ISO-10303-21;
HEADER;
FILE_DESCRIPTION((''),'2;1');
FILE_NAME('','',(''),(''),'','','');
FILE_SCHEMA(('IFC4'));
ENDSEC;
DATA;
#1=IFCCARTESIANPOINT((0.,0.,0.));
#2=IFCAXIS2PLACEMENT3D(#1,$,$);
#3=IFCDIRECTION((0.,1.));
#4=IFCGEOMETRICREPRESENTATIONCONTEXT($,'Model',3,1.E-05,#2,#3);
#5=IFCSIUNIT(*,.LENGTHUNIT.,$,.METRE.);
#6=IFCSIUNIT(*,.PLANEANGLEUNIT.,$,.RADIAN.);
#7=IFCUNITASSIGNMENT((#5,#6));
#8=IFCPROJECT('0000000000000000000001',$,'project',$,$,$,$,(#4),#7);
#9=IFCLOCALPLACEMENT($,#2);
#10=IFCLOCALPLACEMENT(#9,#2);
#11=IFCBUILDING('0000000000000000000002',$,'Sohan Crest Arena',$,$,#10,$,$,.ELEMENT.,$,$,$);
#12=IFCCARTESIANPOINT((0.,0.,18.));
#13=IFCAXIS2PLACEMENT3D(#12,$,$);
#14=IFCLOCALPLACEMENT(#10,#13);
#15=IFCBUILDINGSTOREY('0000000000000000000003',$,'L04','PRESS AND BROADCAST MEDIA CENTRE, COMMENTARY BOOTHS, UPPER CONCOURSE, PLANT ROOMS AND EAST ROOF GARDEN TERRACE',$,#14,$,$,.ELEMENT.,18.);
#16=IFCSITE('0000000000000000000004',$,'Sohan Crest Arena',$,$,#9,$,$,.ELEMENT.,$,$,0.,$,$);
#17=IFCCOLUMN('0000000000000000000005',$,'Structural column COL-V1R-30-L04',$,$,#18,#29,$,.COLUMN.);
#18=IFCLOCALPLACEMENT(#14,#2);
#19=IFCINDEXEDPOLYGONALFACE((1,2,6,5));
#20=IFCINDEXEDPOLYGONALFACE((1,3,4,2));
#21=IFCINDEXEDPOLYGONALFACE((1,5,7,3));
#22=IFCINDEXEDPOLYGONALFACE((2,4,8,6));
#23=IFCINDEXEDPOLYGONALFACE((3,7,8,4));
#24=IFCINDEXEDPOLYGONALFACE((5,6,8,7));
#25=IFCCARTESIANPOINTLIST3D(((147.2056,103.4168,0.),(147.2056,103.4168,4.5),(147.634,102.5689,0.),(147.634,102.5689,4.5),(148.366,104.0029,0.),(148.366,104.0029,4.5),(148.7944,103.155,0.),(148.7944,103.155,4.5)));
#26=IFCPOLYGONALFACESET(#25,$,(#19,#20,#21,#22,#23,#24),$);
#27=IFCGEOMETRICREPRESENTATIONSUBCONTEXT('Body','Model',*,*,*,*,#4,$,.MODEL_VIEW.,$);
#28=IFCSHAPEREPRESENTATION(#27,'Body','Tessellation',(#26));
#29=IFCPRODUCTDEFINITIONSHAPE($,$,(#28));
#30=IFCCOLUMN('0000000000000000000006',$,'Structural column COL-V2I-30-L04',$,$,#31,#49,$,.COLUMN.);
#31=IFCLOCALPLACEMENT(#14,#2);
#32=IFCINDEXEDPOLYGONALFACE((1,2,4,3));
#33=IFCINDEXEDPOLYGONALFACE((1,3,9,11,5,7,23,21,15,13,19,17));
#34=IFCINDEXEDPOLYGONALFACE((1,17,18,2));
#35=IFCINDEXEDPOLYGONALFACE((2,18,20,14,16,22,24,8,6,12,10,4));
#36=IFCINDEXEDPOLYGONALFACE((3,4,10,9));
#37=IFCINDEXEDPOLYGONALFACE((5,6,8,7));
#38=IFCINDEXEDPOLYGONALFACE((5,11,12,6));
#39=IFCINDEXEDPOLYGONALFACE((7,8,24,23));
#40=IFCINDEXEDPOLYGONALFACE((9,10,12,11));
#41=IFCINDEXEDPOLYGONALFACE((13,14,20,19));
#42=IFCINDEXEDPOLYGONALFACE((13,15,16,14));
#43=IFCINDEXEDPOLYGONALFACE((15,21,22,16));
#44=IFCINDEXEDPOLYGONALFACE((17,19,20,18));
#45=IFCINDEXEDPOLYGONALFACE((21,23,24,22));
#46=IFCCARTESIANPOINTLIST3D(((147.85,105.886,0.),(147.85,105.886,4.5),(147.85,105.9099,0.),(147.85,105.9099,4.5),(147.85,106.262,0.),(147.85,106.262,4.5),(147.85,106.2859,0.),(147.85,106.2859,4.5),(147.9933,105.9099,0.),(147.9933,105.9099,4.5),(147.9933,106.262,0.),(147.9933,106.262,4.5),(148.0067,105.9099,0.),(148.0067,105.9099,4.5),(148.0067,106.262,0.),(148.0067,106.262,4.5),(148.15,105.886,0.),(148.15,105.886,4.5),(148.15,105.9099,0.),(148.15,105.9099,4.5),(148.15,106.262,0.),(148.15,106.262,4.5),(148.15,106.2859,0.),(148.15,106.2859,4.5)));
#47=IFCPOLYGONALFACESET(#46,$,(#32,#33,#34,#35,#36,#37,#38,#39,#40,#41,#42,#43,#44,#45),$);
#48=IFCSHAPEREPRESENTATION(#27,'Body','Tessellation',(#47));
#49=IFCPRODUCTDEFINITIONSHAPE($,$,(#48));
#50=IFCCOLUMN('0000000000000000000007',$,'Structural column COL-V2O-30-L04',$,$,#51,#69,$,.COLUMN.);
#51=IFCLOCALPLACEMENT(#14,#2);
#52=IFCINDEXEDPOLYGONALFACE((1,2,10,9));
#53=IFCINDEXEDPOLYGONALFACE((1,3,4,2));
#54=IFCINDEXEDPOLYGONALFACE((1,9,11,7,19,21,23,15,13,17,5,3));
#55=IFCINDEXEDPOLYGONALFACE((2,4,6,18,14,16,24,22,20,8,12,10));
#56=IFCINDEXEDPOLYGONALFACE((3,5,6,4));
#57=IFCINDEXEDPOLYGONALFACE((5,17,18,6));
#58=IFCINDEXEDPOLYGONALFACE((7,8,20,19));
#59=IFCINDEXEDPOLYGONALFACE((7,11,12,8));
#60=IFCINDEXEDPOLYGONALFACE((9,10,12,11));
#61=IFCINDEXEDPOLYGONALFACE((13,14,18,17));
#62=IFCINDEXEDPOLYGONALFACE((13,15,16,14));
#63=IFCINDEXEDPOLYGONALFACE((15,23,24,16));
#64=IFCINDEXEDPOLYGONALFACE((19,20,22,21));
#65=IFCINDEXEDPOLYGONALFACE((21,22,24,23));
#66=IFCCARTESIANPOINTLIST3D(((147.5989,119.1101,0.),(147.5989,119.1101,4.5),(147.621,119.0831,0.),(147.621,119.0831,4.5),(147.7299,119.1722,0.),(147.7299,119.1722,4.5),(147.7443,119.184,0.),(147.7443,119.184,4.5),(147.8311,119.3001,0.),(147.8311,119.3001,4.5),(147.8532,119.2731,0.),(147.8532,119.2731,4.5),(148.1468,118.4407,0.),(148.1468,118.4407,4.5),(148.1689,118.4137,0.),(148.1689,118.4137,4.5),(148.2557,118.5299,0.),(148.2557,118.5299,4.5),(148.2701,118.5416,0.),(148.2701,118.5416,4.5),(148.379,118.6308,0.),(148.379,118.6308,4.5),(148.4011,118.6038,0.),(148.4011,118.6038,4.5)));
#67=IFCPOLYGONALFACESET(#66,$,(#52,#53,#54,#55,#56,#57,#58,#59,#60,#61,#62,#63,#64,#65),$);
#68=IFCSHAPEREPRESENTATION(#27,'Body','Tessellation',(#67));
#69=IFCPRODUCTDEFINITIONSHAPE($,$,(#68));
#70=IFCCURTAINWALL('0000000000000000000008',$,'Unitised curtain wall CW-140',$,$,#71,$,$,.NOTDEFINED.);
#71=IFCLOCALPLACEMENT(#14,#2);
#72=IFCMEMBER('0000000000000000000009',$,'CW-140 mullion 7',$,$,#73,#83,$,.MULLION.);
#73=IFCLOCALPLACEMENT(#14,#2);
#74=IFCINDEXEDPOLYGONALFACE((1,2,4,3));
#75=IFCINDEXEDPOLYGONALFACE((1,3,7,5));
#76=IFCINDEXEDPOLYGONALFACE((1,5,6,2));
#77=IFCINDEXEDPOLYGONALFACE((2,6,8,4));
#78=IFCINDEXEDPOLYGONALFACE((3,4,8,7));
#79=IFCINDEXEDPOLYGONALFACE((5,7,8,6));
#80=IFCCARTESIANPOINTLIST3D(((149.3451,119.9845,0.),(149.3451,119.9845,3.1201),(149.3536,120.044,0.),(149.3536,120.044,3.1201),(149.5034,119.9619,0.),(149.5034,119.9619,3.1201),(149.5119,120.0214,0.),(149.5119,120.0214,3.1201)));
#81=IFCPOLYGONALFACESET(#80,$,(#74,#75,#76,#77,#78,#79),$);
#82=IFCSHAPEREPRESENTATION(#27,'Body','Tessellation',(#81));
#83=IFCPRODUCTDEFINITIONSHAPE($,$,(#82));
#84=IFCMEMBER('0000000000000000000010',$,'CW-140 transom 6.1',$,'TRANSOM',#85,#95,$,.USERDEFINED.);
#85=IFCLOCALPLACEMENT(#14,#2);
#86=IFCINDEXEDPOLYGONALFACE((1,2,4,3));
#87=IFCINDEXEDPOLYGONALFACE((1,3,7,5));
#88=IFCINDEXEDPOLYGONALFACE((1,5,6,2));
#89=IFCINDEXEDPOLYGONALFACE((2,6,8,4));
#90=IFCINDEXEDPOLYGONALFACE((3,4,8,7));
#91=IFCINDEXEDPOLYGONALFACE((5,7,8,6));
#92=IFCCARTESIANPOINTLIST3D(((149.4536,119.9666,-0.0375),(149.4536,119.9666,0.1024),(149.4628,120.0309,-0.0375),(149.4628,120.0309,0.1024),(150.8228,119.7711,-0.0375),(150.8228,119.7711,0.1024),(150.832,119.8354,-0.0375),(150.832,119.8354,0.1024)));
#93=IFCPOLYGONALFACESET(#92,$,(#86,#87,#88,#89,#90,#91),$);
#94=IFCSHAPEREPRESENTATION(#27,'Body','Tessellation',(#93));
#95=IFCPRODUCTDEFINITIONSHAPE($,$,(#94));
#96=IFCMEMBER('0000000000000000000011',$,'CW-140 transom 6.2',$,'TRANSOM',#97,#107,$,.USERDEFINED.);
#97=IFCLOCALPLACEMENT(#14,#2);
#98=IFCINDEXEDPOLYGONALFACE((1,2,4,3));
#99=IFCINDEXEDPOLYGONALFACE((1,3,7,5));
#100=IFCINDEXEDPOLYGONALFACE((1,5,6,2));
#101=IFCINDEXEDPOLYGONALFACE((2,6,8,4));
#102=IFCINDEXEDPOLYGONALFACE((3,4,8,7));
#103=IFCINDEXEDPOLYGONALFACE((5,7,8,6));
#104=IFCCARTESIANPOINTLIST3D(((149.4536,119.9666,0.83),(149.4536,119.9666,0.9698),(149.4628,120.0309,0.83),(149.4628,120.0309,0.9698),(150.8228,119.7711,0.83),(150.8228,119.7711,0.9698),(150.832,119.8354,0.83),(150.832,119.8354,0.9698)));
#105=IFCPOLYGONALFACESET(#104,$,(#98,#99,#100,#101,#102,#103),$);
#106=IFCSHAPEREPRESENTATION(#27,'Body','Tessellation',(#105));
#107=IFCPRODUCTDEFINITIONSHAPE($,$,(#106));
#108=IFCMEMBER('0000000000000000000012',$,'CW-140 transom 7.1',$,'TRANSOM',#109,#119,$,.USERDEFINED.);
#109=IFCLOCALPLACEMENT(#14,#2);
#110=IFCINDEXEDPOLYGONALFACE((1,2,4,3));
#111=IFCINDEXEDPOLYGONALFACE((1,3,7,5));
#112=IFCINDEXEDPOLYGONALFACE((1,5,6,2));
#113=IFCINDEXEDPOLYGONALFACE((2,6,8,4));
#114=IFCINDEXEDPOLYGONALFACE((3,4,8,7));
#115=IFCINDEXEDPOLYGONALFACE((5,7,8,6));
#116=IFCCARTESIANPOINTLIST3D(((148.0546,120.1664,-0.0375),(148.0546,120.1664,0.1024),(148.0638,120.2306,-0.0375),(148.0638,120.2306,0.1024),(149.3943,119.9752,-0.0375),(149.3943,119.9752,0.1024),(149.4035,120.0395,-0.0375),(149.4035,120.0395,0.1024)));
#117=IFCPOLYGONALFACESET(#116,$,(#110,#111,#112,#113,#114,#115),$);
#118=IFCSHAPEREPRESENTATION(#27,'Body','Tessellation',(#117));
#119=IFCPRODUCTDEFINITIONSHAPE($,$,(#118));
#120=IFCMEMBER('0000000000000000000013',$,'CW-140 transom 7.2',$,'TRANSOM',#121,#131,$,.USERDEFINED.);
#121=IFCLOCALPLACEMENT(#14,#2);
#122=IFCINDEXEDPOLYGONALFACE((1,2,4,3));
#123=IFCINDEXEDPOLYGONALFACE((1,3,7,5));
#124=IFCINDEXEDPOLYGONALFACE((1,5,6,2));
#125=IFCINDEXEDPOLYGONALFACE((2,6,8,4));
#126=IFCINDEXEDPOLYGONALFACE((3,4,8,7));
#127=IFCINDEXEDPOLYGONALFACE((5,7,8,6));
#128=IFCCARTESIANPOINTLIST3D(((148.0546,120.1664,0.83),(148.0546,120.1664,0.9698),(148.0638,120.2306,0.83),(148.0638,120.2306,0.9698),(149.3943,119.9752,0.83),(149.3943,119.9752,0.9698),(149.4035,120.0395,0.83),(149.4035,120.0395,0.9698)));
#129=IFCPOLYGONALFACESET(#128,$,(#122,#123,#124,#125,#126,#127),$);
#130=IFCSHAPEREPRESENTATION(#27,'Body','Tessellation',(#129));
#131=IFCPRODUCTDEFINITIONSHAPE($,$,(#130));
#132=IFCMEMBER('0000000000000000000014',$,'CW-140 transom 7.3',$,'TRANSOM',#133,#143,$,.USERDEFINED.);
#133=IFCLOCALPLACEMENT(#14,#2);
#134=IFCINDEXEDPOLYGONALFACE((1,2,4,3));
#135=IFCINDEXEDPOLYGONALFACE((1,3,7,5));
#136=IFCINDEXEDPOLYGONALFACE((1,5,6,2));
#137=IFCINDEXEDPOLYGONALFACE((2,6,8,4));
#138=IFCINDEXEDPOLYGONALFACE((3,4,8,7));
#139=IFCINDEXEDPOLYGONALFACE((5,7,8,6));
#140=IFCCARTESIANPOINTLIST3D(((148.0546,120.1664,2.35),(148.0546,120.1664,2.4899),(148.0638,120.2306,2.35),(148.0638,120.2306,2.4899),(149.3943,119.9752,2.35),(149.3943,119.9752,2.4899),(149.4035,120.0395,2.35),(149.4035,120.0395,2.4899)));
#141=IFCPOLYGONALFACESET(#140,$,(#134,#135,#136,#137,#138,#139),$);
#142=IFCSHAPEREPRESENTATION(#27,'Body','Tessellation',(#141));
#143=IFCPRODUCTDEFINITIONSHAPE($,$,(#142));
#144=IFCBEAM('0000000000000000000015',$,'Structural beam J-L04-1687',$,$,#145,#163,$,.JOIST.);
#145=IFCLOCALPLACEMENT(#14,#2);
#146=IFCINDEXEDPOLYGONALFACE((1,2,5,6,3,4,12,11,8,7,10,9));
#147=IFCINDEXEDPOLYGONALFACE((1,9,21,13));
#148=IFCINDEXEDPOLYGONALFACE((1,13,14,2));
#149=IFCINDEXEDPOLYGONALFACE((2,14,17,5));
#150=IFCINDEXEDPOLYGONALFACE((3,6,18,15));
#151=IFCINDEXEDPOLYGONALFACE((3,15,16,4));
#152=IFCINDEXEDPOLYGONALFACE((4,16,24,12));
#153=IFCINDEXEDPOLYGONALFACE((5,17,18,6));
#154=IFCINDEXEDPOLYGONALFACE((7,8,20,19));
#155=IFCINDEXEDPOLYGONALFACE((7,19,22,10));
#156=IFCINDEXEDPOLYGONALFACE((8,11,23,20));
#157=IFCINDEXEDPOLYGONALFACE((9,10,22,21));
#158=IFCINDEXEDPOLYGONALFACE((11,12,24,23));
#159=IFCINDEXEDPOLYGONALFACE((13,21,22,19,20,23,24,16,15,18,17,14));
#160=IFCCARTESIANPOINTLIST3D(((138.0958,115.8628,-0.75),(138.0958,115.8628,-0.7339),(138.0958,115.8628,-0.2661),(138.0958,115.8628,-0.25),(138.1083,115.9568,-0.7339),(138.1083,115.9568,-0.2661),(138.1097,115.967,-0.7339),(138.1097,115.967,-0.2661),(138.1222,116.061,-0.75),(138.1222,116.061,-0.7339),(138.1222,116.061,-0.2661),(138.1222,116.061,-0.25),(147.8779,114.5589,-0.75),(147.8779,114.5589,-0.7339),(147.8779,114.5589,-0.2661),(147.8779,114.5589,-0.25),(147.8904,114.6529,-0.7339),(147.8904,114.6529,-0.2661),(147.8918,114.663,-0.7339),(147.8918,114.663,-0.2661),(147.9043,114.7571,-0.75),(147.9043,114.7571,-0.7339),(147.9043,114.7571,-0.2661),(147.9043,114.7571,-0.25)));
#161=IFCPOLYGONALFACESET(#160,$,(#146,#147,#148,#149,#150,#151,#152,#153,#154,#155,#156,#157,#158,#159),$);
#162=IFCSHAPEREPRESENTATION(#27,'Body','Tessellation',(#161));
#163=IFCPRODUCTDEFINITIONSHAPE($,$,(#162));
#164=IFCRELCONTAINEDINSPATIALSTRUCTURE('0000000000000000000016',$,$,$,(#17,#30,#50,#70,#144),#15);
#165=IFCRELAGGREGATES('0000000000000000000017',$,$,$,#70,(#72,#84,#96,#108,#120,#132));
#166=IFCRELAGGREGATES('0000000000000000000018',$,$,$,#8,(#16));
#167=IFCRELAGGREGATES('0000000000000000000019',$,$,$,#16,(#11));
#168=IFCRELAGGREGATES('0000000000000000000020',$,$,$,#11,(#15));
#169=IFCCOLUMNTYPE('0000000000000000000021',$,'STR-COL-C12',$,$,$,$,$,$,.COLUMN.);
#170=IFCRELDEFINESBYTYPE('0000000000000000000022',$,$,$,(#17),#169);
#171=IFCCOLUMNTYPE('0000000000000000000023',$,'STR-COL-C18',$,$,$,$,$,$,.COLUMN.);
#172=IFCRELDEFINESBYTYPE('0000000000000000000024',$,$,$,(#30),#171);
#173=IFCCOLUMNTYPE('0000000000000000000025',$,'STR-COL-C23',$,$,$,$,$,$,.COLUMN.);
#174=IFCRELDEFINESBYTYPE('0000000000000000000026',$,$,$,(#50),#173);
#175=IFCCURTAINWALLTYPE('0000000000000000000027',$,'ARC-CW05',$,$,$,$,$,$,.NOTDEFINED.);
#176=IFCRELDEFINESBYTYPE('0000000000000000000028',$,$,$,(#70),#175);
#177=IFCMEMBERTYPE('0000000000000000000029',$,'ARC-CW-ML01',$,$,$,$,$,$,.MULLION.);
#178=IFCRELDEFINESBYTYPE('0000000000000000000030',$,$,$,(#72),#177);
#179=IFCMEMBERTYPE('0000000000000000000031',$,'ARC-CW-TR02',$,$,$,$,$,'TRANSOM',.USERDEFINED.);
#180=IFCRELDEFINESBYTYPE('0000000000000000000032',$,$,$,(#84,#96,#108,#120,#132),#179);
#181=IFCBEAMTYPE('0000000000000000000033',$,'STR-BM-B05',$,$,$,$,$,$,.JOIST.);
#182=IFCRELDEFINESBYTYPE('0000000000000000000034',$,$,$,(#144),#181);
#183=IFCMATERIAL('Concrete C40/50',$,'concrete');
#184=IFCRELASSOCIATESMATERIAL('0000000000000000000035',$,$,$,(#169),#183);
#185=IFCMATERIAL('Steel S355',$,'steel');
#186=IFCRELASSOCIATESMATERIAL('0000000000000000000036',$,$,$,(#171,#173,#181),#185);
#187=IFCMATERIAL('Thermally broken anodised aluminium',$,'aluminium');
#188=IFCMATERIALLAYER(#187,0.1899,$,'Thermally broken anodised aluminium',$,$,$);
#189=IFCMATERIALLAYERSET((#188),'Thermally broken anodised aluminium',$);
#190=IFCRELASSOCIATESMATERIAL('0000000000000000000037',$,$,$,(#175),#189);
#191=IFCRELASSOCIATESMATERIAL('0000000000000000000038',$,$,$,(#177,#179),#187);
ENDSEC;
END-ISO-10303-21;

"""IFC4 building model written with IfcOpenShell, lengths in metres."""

from ifc_helpers import new_model, si_unit, direction, frame, origin, origin_2d, place, context, subcontext, project, spatial, rectangle, i_section, extrude, material, layer, layer_set, material_profile, profile_set, type_object, element, aggregate, save


model = new_model("IFC4")

# Units and contexts
model_context = context("Model", 3, precision=1e-05, world=origin(), true_north=direction((0.0, 1.0)))
body_context = subcontext(model_context, "Body", "Model", "MODEL_VIEW")
ifc_project = project(units=[si_unit("LENGTHUNIT", "METRE"), si_unit("PLANEANGLEUNIT", "RADIAN")], contexts=[model_context])

# Site, building, storey
site_placement = place(None, origin())
site = spatial("IfcSite", under=ifc_project, at=site_placement, Name="Sohan Crest Arena", CompositionType="ELEMENT", RefElevation=0.0)
building_placement = place(site_placement, origin())
building = spatial("IfcBuilding", under=site, at=building_placement, Name="Sohan Crest Arena", CompositionType="ELEMENT")
storey_placement = place(building_placement, frame((0.0, 0.0, 18.0)))
storey = spatial("IfcBuildingStorey", under=building, at=storey_placement, Name="L04", Description="PRESS AND BROADCAST MEDIA CENTRE, COMMENTARY BOOTHS, UPPER CONCOURSE, PLANT ROOMS AND EAST ROOF GARDEN TERRACE", CompositionType="ELEMENT", Elevation=18.0)

# Columns
ifc_material_1 = material(Name="Concrete C40/50", Category="concrete")
ifc_material_profile_1 = material_profile(ifc_material_1, rectangle(XDim=1.3, YDim=0.95, at=origin_2d()), Name="RC 1300x950")
ifc_profile_set_1 = profile_set([ifc_material_profile_1], Name="Concrete C40/50")
column_type_1 = type_object("IfcColumnType", Name="STR-COL-C12", PredefinedType="COLUMN", material=ifc_profile_set_1)
column_1_placement = place(storey_placement, frame((148.0, 103.2859, 0.0), z_axis=(0.0, 0.0, 1.0), x_axis=(0.892586, 0.450878, 0.0)))
element("IfcColumn", 1, at=column_1_placement, inside=storey, type_object=column_type_1, Name="Structural column COL-V1R-30-L04", PredefinedType="COLUMN", context=body_context, shape_type="SweptSolid", body=[
    extrude(rectangle(XDim=1.3, YDim=0.95, at=origin_2d()), origin(), (0.0, 0.0, 1.0), 4.5),
])
ifc_material_2 = material(Name="Steel S355", Category="steel")
ifc_material_profile_2 = material_profile(ifc_material_2, i_section(OverallWidth=0.3, OverallDepth=0.3999, WebThickness=0.0134, FlangeThickness=0.0239, at=origin_2d()), Name="HEB 400")
ifc_profile_set_2 = profile_set([ifc_material_profile_2], Name="Steel S355")
column_type_2 = type_object("IfcColumnType", Name="STR-COL-C18", PredefinedType="COLUMN", material=ifc_profile_set_2)
column_2_placement = place(storey_placement, frame((148.0, 106.0859, 0.0), z_axis=(0.0, 0.0, 1.0), x_axis=(1.0, 0.0, 0.0)))
element("IfcColumn", 2, at=column_2_placement, inside=storey, type_object=column_type_2, Name="Structural column COL-V2I-30-L04", PredefinedType="COLUMN", context=body_context, shape_type="SweptSolid", body=[
    extrude(i_section(OverallWidth=0.3, OverallDepth=0.3999, WebThickness=0.0134, FlangeThickness=0.0239, at=origin_2d()), origin(), (0.0, 0.0, 1.0), 4.5),
])
ifc_material_profile_3 = material_profile(ifc_material_2, i_section(OverallWidth=0.3, OverallDepth=0.8999, WebThickness=0.0186, FlangeThickness=0.0349, at=origin_2d()), Name="HEB 900")
ifc_profile_set_3 = profile_set([ifc_material_profile_3], Name="Steel S355")
column_type_3 = type_object("IfcColumnType", Name="STR-COL-C23", PredefinedType="COLUMN", material=ifc_profile_set_3)
column_3_placement = place(storey_placement, frame((148.0, 118.8569, 0.0), z_axis=(0.0, 0.0, 1.0), x_axis=(0.77384, 0.633381, 0.0)))
element("IfcColumn", 3, at=column_3_placement, inside=storey, type_object=column_type_3, Name="Structural column COL-V2O-30-L04", PredefinedType="COLUMN", context=body_context, shape_type="SweptSolid", body=[
    extrude(i_section(OverallWidth=0.3, OverallDepth=0.8999, WebThickness=0.0186, FlangeThickness=0.0349, at=origin_2d()), origin(), (0.0, 0.0, 1.0), 4.5),
])

# Curtain wall, members
ifc_material_3 = material(Name="Thermally broken anodised aluminium", Category="aluminium")
ifc_layer_1 = layer(ifc_material_3, 0.1899, Name="Thermally broken anodised aluminium")
ifc_layer_set_1 = layer_set([ifc_layer_1], Name="Thermally broken anodised aluminium")
curtain_wall_type = type_object("IfcCurtainWallType", Name="ARC-CW05", PredefinedType="NOTDEFINED", material=ifc_layer_set_1)
curtain_wall_placement = place(storey_placement, origin())
curtain_wall = element("IfcCurtainWall", 4, at=curtain_wall_placement, inside=storey, type_object=curtain_wall_type, Name="Unitised curtain wall CW-140", PredefinedType="NOTDEFINED")
ifc_material_profile_4 = material_profile(ifc_material_3, rectangle(XDim=0.0601, YDim=0.1599, at=origin_2d()), Name="ALU-MULL 60x160")
ifc_profile_set_4 = profile_set([ifc_material_profile_4], Name="Thermally broken anodised aluminium")
member_type_1 = type_object("IfcMemberType", Name="ARC-CW-ML01", PredefinedType="MULLION", material=ifc_profile_set_4)
member_1_placement = place(storey_placement, frame((149.4285, 120.0029, 0.0), z_axis=(0.0, 0.0, 1.0), x_axis=(-0.141366, -0.989957, 0.0)))
member_1 = element("IfcMember", 5, at=member_1_placement, type_object=member_type_1, Name="CW-140 mullion 7", PredefinedType="MULLION", context=body_context, shape_type="SweptSolid", body=[
    extrude(rectangle(XDim=0.0601, YDim=0.1599, at=origin_2d()), origin(), (0.0, 0.0, 1.0), 3.1201),
])
ifc_material_profile_5 = material_profile(ifc_material_3, rectangle(XDim=0.0649, YDim=0.1399, at=origin_2d()), Name="ALU-TRAN 65x140")
ifc_profile_set_5 = profile_set([ifc_material_profile_5], Name="Thermally broken anodised aluminium")
member_type_2 = type_object("IfcMemberType", Name="ARC-CW-TR02", ElementType="TRANSOM", PredefinedType="USERDEFINED", material=ifc_profile_set_5)
member_2_placement = place(storey_placement, frame((150.8274, 119.8032, 0.0325), z_axis=(-0.989953, 0.141397, 0.0), x_axis=(-0.141397, -0.989953, 0.0)))
member_2 = element("IfcMember", 6, at=member_2_placement, type_object=member_type_2, Name="CW-140 transom 6.1", ObjectType="TRANSOM", PredefinedType="USERDEFINED", context=body_context, shape_type="SweptSolid", body=[
    extrude(rectangle(XDim=0.0649, YDim=0.1399, at=origin_2d()), origin(), (0.0, 0.0, 1.0), 1.3831),
])
member_3_placement = place(storey_placement, frame((150.8274, 119.8032, 0.8999), z_axis=(-0.989953, 0.141397, 0.0), x_axis=(-0.141397, -0.989953, 0.0)))
member_3 = element("IfcMember", 7, at=member_3_placement, type_object=member_type_2, Name="CW-140 transom 6.2", ObjectType="TRANSOM", PredefinedType="USERDEFINED", context=body_context, shape_type="SweptSolid", body=[
    extrude(rectangle(XDim=0.0649, YDim=0.1399, at=origin_2d()), origin(), (0.0, 0.0, 1.0), 1.3831),
])
member_4_placement = place(storey_placement, frame((149.3989, 120.0073, 0.0325), z_axis=(-0.989971, 0.14127, 0.0), x_axis=(-0.14127, -0.989971, 0.0)))
member_4 = element("IfcMember", 8, at=member_4_placement, type_object=member_type_2, Name="CW-140 transom 7.1", ObjectType="TRANSOM", PredefinedType="USERDEFINED", context=body_context, shape_type="SweptSolid", body=[
    extrude(rectangle(XDim=0.0649, YDim=0.1399, at=origin_2d()), origin(), (0.0, 0.0, 1.0), 1.3533),
])
member_5_placement = place(storey_placement, frame((149.3989, 120.0073, 0.8999), z_axis=(-0.989971, 0.14127, 0.0), x_axis=(-0.14127, -0.989971, 0.0)))
member_5 = element("IfcMember", 9, at=member_5_placement, type_object=member_type_2, Name="CW-140 transom 7.2", ObjectType="TRANSOM", PredefinedType="USERDEFINED", context=body_context, shape_type="SweptSolid", body=[
    extrude(rectangle(XDim=0.0649, YDim=0.1399, at=origin_2d()), origin(), (0.0, 0.0, 1.0), 1.3533),
])
member_6_placement = place(storey_placement, frame((149.3989, 120.0073, 2.4199), z_axis=(-0.989971, 0.14127, 0.0), x_axis=(-0.14127, -0.989971, 0.0)))
member_6 = element("IfcMember", 10, at=member_6_placement, type_object=member_type_2, Name="CW-140 transom 7.3", ObjectType="TRANSOM", PredefinedType="USERDEFINED", context=body_context, shape_type="SweptSolid", body=[
    extrude(rectangle(XDim=0.0649, YDim=0.1399, at=origin_2d()), origin(), (0.0, 0.0, 1.0), 1.3533),
])

# Beam
ifc_material_profile_6 = material_profile(ifc_material_2, i_section(OverallWidth=0.2, OverallDepth=0.5, WebThickness=0.0103, FlangeThickness=0.0161, at=origin_2d()), Name="IPE 500")
ifc_profile_set_6 = profile_set([ifc_material_profile_6], Name="Steel S355")
beam_type_1 = type_object("IfcBeamType", Name="STR-BM-B05", PredefinedType="JOIST", material=ifc_profile_set_6)
beam_1_placement = place(storey_placement, frame((147.8911, 114.658, -0.5), z_axis=(-0.991232, 0.13213, 0.0), x_axis=(-0.13213, -0.991232, 0.0)))
element("IfcBeam", 11, at=beam_1_placement, inside=storey, type_object=beam_type_1, Name="Structural beam J-L04-1687", PredefinedType="JOIST", context=body_context, shape_type="SweptSolid", body=[
    extrude(i_section(OverallWidth=0.2, OverallDepth=0.5, WebThickness=0.0103, FlangeThickness=0.0161, at=origin_2d()), origin(), (0.0, 0.0, 1.0), 9.8687),
])

aggregate(curtain_wall, [member_1, member_2, member_3, member_4, member_5, member_6])

save(model, "model.ifc")
